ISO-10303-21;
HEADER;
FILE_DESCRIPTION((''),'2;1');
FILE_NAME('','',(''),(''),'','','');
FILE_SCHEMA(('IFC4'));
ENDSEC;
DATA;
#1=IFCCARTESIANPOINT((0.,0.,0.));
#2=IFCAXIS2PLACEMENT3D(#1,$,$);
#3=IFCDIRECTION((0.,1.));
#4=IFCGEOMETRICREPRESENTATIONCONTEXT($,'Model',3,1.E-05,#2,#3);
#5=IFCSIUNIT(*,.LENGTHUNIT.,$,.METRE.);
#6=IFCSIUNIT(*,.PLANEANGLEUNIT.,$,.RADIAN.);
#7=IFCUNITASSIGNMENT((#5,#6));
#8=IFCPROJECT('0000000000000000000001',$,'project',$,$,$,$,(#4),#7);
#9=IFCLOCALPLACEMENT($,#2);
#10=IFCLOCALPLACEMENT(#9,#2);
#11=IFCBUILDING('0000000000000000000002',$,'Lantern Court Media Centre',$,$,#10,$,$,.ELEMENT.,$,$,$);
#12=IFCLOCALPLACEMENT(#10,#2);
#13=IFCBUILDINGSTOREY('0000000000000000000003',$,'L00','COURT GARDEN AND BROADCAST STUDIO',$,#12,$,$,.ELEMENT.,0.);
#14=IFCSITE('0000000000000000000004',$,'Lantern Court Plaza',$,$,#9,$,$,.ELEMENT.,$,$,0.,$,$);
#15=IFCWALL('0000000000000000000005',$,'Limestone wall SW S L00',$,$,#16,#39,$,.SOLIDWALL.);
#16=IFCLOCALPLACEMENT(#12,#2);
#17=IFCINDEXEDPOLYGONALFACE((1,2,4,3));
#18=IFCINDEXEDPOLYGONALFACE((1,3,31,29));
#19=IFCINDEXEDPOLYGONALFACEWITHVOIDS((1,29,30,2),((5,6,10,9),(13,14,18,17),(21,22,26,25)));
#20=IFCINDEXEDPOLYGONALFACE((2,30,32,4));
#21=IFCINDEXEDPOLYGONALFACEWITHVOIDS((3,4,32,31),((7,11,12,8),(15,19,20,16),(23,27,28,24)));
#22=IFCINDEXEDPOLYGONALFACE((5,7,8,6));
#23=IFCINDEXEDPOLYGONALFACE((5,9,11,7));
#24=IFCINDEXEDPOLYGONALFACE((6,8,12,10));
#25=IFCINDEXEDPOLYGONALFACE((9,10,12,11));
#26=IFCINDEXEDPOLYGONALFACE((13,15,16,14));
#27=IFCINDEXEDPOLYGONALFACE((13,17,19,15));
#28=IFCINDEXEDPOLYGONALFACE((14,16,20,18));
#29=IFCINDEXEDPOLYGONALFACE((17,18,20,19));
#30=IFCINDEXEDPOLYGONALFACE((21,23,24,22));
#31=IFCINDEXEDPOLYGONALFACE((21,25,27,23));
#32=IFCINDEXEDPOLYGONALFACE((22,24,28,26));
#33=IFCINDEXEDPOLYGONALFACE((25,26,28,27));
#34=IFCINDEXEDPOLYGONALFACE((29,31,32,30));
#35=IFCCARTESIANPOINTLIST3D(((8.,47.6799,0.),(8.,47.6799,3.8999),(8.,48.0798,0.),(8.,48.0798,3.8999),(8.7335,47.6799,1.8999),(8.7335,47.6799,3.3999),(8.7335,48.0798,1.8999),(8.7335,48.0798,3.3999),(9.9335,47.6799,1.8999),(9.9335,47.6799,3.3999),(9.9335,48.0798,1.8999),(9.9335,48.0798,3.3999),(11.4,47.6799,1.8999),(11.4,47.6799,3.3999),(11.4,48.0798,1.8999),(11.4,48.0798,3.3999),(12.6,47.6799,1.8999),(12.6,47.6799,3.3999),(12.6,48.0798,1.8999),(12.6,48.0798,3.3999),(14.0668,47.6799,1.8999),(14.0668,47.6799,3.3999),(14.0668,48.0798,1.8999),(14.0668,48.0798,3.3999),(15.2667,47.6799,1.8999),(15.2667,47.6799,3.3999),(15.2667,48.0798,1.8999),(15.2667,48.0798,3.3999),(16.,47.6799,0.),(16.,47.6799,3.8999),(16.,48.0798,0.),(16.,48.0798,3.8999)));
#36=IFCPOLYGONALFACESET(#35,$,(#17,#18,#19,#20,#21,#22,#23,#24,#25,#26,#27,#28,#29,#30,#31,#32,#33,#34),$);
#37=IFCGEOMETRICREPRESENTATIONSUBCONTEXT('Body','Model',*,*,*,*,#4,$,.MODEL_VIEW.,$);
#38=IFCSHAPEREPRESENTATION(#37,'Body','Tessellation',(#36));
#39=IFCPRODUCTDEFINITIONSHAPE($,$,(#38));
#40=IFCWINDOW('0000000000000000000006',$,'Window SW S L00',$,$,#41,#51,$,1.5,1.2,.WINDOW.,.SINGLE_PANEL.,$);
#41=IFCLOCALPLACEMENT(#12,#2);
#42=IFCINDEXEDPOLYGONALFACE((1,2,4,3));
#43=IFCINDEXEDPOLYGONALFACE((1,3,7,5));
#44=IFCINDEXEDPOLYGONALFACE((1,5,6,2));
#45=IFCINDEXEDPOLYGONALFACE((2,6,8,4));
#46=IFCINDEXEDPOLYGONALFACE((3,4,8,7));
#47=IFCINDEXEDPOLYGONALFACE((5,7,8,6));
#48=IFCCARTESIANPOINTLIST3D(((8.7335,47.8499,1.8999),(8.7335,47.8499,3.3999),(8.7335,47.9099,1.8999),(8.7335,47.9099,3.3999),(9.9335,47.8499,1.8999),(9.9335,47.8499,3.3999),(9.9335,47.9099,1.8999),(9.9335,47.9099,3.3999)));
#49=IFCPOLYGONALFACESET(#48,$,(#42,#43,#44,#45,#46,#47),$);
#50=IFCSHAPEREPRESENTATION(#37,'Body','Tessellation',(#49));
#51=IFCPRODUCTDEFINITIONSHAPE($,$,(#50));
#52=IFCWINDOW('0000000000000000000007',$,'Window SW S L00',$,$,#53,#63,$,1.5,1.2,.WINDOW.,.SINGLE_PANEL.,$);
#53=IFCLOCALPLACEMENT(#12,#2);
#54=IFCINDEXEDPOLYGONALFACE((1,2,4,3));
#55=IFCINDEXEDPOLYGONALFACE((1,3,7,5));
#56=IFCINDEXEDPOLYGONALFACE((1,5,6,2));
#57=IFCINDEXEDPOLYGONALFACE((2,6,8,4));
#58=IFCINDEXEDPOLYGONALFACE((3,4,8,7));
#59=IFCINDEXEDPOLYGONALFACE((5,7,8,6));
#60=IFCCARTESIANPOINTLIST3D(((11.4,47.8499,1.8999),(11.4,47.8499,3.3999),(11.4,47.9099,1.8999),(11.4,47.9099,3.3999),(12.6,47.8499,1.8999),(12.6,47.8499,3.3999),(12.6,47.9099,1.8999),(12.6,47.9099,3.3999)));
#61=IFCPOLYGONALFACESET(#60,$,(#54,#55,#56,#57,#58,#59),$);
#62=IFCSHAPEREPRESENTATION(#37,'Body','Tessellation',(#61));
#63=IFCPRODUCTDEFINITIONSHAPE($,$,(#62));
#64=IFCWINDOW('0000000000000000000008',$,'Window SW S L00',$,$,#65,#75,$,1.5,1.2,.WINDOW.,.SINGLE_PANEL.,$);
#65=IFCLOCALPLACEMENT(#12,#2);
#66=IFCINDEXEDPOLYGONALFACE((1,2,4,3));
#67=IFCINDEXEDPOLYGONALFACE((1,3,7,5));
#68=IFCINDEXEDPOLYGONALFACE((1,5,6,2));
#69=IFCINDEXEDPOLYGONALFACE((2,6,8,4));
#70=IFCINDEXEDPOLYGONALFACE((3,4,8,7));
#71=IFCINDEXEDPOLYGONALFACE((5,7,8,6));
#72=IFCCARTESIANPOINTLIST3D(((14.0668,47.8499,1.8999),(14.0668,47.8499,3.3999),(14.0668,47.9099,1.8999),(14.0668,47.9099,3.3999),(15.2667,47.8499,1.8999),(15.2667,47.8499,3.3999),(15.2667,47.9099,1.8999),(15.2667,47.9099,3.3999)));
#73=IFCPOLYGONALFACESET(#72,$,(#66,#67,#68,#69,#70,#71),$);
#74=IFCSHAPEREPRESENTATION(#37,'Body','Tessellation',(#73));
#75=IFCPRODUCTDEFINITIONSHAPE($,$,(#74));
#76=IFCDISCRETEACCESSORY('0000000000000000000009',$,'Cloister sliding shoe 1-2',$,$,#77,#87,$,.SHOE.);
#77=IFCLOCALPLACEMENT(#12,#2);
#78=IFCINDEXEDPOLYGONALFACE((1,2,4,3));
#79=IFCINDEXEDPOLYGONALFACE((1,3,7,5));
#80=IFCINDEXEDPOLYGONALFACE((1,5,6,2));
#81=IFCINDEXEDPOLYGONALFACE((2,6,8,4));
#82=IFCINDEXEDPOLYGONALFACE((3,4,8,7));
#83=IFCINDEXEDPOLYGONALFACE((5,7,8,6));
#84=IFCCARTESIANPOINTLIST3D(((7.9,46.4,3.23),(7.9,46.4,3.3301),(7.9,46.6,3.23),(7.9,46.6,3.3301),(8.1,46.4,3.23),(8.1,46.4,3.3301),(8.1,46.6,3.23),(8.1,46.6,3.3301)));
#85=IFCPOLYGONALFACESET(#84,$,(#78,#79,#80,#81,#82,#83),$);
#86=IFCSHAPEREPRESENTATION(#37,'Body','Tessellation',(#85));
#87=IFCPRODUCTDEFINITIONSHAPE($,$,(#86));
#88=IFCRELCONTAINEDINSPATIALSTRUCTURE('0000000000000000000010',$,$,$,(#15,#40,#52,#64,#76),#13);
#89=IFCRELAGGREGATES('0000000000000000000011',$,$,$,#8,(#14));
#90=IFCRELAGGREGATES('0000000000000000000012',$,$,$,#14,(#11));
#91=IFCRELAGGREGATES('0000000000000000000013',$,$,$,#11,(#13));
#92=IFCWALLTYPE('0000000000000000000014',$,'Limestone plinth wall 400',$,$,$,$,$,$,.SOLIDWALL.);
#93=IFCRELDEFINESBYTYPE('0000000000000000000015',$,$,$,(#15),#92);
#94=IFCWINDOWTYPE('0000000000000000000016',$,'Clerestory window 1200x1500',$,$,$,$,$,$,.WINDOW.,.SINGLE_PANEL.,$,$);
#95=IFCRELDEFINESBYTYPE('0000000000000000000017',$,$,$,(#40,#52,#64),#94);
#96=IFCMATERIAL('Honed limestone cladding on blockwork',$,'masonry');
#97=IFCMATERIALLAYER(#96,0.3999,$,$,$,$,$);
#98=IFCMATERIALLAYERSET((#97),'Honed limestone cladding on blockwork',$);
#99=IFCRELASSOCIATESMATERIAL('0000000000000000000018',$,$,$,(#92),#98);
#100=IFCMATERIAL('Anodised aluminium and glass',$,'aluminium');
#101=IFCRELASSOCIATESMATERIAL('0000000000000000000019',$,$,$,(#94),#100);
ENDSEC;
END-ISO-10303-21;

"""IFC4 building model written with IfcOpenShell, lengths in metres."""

from ifc_helpers import new_model, si_unit, direction, frame, frame_2d, origin, origin_2d, place, context, subcontext, project, spatial, rectangle, extrude, material, layer, layer_set, type_object, element, fill, save


model = new_model("IFC4")

# Units and contexts
model_context = context("Model", 3, precision=1e-05, world=origin(), true_north=direction((0.0, 1.0)))
body_context = subcontext(model_context, "Body", "Model", "MODEL_VIEW")
ifc_project = project(units=[si_unit("LENGTHUNIT", "METRE"), si_unit("PLANEANGLEUNIT", "RADIAN")], contexts=[model_context])

# Site, building, storey
site_placement = place(None, origin())
site = spatial("IfcSite", under=ifc_project, at=site_placement, Name="Lantern Court Plaza", CompositionType="ELEMENT", RefElevation=0.0)
building_placement = place(site_placement, origin())
building = spatial("IfcBuilding", under=site, at=building_placement, Name="Lantern Court Media Centre", CompositionType="ELEMENT")
storey_placement = place(building_placement, origin())
storey = spatial("IfcBuildingStorey", under=building, at=storey_placement, Name="L00", Description="COURT GARDEN AND BROADCAST STUDIO", CompositionType="ELEMENT", Elevation=0.0)

# Wall, openings, windows
ifc_material_1 = material(Name="Honed limestone cladding on blockwork", Category="masonry")
ifc_layer_1 = layer(ifc_material_1, 0.3999)
ifc_layer_set_1 = layer_set([ifc_layer_1], Name="Honed limestone cladding on blockwork")
wall_type = type_object("IfcWallType", Name="Limestone plinth wall 400", PredefinedType="SOLIDWALL", material=ifc_layer_set_1)
ifc_material_2 = material(Name="Anodised aluminium and glass", Category="aluminium")
window_type = type_object("IfcWindowType", Name="Clerestory window 1200x1500", PartitioningType="SINGLE_PANEL", PredefinedType="WINDOW", material=ifc_material_2)
wall_1_placement = place(storey_placement, frame((8.0, 47.8799, 0.0), z_axis=(0.0, 0.0, 1.0), x_axis=(1.0, 0.0, 0.0)))
wall_1 = element("IfcWall", 1, at=wall_1_placement, inside=storey, type_object=wall_type, Name="Limestone wall SW S L00", PredefinedType="SOLIDWALL", context=body_context, shape_type="SweptSolid", body=[
    extrude(rectangle(XDim=8.0, YDim=0.3999, at=frame_2d((4.0, 0.0))), origin(), (0.0, 0.0, 1.0), 3.8999),
])
opening_1_placement = place(wall_1_placement, frame((0.7334, 0.0, 1.8999)))
opening_1 = element("IfcOpeningElement", 2, at=opening_1_placement, cuts=wall_1, PredefinedType="OPENING", context=body_context, shape_type="SweptSolid", body=[
    extrude(rectangle(XDim=1.2, YDim=1.5, at=frame_2d((0.6001, 0.75))), frame((0.0, 0.21, 0.0), z_axis=(0.0, -1.0, 0.0), x_axis=(1.0, 0.0, 0.0)), (0.0, 0.0, 1.0), 0.4199),
])
opening_2_placement = place(wall_1_placement, frame((3.3999, 0.0, 1.8999)))
opening_2 = element("IfcOpeningElement", 3, at=opening_2_placement, cuts=wall_1, PredefinedType="OPENING", context=body_context, shape_type="SweptSolid", body=[
    extrude(rectangle(XDim=1.2, YDim=1.5, at=frame_2d((0.6001, 0.75))), frame((0.0, 0.21, 0.0), z_axis=(0.0, -1.0, 0.0), x_axis=(1.0, 0.0, 0.0)), (0.0, 0.0, 1.0), 0.4199),
])
opening_3_placement = place(wall_1_placement, frame((6.0667, 0.0, 1.8999)))
opening_3 = element("IfcOpeningElement", 4, at=opening_3_placement, cuts=wall_1, PredefinedType="OPENING", context=body_context, shape_type="SweptSolid", body=[
    extrude(rectangle(XDim=1.2, YDim=1.5, at=frame_2d((0.6001, 0.75))), frame((0.0, 0.21, 0.0), z_axis=(0.0, -1.0, 0.0), x_axis=(1.0, 0.0, 0.0)), (0.0, 0.0, 1.0), 0.4199),
])
window_1_placement = place(opening_1_placement, origin())
window_1 = element("IfcWindow", 5, at=window_1_placement, inside=storey, type_object=window_type, Name="Window SW S L00", OverallHeight=1.5, OverallWidth=1.2, PartitioningType="SINGLE_PANEL", PredefinedType="WINDOW", context=body_context, shape_type="SweptSolid", body=[
    extrude(rectangle(XDim=1.2, YDim=1.5, at=frame_2d((0.6001, 0.75))), frame((0.0, 0.03, 0.0), z_axis=(0.0, -1.0, 0.0), x_axis=(1.0, 0.0, 0.0)), (0.0, 0.0, 1.0), 0.0601),
])
fill(opening_1, window_1)
window_2_placement = place(opening_2_placement, origin())
window_2 = element("IfcWindow", 6, at=window_2_placement, inside=storey, type_object=window_type, Name="Window SW S L00", OverallHeight=1.5, OverallWidth=1.2, PartitioningType="SINGLE_PANEL", PredefinedType="WINDOW", context=body_context, shape_type="SweptSolid", body=[
    extrude(rectangle(XDim=1.2, YDim=1.5, at=frame_2d((0.6001, 0.75))), frame((0.0, 0.03, 0.0), z_axis=(0.0, -1.0, 0.0), x_axis=(1.0, 0.0, 0.0)), (0.0, 0.0, 1.0), 0.0601),
])
fill(opening_2, window_2)
window_3_placement = place(opening_3_placement, origin())
window_3 = element("IfcWindow", 7, at=window_3_placement, inside=storey, type_object=window_type, Name="Window SW S L00", OverallHeight=1.5, OverallWidth=1.2, PartitioningType="SINGLE_PANEL", PredefinedType="WINDOW", context=body_context, shape_type="SweptSolid", body=[
    extrude(rectangle(XDim=1.2, YDim=1.5, at=frame_2d((0.6001, 0.75))), frame((0.0, 0.03, 0.0), z_axis=(0.0, -1.0, 0.0), x_axis=(1.0, 0.0, 0.0)), (0.0, 0.0, 1.0), 0.0601),
])
fill(opening_3, window_3)

# Discrete accessory
discrete_accessory_placement = place(storey_placement, frame((8.0, 46.5, 3.23), z_axis=(0.0, 0.0, 1.0), x_axis=(1.0, 0.0, 0.0)))
element("IfcDiscreteAccessory", 8, at=discrete_accessory_placement, inside=storey, Name="Cloister sliding shoe 1-2", PredefinedType="SHOE", context=body_context, shape_type="SweptSolid", body=[
    extrude(rectangle(XDim=0.2, YDim=0.2, at=origin_2d()), origin(), (0.0, 0.0, 1.0), 0.1001),
])

save(model, "model.ifc")
